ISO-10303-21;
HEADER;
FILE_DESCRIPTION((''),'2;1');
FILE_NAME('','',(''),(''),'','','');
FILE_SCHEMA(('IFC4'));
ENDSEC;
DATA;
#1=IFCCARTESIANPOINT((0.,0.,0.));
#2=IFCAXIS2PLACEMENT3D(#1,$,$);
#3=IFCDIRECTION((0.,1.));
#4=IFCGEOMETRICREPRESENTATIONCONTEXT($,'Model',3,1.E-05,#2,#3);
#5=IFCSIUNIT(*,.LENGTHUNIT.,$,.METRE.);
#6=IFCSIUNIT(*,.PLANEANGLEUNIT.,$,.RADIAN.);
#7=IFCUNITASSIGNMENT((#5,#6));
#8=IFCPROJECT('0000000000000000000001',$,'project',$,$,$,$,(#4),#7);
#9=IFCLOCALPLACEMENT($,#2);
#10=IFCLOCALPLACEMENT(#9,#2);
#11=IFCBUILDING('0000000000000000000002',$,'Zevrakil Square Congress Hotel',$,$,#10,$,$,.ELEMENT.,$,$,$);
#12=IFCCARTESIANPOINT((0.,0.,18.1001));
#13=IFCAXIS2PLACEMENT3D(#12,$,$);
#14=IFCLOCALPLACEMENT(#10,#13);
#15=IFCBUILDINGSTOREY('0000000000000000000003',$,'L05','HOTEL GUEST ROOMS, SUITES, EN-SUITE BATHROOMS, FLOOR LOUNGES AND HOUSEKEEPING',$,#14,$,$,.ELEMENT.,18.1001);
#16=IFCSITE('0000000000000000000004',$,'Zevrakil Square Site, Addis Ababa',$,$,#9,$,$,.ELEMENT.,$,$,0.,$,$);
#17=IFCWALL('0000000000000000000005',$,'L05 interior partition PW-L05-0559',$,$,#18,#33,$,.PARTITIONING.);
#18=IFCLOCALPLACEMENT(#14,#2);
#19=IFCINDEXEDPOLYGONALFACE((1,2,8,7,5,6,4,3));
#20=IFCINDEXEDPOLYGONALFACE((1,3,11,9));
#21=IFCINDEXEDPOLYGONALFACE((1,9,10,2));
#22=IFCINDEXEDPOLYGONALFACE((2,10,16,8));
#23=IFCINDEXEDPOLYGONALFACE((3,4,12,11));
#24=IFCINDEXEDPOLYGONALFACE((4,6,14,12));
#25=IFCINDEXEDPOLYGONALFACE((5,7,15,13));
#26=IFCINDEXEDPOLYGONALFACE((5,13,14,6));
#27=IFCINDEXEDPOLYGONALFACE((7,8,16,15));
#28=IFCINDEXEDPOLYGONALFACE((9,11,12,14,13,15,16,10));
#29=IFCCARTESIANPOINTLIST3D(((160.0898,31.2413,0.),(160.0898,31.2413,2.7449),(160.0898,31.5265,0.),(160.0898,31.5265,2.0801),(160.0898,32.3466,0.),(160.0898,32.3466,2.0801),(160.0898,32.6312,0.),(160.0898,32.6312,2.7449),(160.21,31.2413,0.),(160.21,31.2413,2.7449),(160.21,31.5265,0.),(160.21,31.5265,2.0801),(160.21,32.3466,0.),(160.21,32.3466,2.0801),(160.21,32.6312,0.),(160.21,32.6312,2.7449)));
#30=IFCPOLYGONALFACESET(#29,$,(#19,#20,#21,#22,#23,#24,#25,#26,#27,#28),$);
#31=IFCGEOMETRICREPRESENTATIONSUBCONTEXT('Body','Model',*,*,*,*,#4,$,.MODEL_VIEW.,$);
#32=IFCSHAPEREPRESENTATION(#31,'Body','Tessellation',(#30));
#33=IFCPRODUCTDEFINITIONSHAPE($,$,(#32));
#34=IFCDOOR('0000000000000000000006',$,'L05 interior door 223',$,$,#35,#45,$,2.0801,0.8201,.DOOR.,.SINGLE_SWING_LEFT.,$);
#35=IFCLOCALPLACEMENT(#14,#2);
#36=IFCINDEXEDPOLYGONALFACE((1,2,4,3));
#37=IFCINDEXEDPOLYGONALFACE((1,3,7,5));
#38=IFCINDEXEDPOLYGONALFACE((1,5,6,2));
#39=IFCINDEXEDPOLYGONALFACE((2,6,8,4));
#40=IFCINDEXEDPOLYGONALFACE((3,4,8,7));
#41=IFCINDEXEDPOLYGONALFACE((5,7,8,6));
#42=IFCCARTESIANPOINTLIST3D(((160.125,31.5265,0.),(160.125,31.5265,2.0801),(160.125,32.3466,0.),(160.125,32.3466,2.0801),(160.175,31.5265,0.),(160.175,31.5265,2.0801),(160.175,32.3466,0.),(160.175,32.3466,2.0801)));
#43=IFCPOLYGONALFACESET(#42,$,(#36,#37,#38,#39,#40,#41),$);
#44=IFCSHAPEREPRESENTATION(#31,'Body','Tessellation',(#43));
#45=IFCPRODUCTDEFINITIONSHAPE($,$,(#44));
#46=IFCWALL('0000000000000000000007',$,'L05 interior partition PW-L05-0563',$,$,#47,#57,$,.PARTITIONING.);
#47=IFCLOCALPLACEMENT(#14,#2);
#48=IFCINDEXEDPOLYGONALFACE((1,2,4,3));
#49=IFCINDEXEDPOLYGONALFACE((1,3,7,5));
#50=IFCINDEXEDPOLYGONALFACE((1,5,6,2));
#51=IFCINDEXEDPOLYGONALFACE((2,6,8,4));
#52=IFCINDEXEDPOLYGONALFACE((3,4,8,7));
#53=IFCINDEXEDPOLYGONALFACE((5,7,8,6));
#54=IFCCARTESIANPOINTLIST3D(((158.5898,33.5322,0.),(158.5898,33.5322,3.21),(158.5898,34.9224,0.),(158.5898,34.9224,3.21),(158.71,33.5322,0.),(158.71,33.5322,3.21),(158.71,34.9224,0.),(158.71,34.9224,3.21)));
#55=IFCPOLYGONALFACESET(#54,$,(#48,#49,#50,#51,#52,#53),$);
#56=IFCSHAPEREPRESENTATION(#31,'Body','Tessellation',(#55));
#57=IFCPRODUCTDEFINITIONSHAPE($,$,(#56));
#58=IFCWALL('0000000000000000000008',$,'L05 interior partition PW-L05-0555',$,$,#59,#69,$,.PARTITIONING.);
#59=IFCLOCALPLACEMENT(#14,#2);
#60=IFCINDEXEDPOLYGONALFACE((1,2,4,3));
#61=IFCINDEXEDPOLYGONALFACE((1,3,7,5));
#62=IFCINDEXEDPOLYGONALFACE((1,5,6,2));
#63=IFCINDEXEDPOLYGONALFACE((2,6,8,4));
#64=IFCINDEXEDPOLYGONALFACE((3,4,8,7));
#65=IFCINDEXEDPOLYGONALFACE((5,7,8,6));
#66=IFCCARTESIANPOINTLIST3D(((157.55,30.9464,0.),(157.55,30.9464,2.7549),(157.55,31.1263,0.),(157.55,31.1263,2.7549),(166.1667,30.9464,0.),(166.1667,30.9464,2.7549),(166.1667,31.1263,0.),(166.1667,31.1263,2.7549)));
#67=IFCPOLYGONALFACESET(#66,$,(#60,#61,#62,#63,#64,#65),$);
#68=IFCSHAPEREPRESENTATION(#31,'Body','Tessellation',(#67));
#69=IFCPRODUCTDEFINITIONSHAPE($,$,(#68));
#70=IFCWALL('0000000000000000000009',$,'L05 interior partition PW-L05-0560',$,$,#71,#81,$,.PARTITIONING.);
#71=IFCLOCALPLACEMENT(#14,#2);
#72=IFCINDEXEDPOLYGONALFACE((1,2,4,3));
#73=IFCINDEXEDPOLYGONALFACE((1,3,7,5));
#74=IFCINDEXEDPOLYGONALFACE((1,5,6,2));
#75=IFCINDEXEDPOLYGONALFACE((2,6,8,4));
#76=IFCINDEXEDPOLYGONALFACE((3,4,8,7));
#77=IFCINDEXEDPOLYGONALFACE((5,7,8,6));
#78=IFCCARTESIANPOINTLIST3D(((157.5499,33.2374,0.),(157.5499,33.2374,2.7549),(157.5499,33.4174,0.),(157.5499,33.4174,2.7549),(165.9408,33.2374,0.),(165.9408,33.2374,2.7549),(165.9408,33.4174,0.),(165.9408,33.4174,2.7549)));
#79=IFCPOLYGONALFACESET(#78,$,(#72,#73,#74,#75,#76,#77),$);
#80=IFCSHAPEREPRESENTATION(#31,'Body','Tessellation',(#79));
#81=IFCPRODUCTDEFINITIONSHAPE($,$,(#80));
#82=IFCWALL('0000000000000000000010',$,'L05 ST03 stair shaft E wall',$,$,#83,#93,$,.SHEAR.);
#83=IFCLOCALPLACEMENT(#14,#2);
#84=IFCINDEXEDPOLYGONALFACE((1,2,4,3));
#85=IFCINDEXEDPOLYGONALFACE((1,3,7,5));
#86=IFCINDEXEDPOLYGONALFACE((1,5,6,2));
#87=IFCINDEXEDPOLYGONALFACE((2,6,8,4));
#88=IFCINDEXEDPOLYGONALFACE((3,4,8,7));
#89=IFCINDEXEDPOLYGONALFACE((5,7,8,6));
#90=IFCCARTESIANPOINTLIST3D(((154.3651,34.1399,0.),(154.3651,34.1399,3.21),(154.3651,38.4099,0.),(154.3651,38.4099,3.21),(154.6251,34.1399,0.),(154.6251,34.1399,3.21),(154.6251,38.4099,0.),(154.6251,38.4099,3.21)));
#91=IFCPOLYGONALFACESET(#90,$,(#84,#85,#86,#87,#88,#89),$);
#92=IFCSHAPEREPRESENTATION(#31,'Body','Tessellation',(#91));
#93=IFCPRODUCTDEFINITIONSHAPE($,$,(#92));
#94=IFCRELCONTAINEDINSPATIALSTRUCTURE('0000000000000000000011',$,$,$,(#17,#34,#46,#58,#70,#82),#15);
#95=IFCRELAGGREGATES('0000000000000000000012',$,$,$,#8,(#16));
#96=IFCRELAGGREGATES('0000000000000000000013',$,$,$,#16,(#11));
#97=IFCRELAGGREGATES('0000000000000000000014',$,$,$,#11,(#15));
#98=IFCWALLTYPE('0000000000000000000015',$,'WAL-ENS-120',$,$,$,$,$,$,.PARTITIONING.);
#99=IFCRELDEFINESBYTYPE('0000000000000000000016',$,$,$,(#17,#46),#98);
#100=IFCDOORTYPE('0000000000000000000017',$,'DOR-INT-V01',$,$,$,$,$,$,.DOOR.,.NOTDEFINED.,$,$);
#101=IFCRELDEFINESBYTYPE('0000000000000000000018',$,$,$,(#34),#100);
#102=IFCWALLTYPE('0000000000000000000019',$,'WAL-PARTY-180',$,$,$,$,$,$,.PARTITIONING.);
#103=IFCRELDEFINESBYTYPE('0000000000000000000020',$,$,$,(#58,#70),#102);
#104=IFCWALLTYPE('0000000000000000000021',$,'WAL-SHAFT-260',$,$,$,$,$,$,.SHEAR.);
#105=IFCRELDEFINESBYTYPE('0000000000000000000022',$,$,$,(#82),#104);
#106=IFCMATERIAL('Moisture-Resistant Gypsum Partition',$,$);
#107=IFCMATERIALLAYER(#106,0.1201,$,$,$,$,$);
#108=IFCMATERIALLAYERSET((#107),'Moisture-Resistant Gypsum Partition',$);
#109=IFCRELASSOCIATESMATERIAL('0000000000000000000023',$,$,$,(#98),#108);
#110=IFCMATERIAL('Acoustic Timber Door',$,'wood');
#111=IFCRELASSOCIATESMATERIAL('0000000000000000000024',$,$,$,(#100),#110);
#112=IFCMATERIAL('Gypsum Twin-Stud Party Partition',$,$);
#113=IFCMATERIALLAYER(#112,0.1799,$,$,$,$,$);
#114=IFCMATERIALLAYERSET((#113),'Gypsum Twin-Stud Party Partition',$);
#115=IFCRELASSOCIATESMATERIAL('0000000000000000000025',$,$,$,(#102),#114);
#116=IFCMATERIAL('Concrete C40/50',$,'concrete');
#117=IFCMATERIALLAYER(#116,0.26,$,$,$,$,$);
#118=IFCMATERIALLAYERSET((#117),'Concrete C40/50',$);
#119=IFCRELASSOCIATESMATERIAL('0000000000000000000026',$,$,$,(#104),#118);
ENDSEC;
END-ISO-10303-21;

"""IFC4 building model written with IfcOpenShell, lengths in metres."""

from ifc_helpers import new_model, si_unit, direction, frame, frame_2d, origin, place, context, subcontext, project, spatial, rectangle, extrude, material, layer, layer_set, type_object, element, fill, save


model = new_model("IFC4")

# Units and contexts
model_context = context("Model", 3, precision=1e-05, world=origin(), true_north=direction((0.0, 1.0)))
body_context = subcontext(model_context, "Body", "Model", "MODEL_VIEW")
ifc_project = project(units=[si_unit("LENGTHUNIT", "METRE"), si_unit("PLANEANGLEUNIT", "RADIAN")], contexts=[model_context])

# Site, building, storey
site_placement = place(None, origin())
site = spatial("IfcSite", under=ifc_project, at=site_placement, Name="Zevrakil Square Site, Addis Ababa", CompositionType="ELEMENT", RefElevation=0.0)
building_placement = place(site_placement, origin())
building = spatial("IfcBuilding", under=site, at=building_placement, Name="Zevrakil Square Congress Hotel", CompositionType="ELEMENT")
storey_placement = place(building_placement, frame((0.0, 0.0, 18.1001)))
storey = spatial("IfcBuildingStorey", under=building, at=storey_placement, Name="L05", Description="HOTEL GUEST ROOMS, SUITES, EN-SUITE BATHROOMS, FLOOR LOUNGES AND HOUSEKEEPING", CompositionType="ELEMENT", Elevation=18.1001)

# Shared definitions
ifc_material_1 = material(Name="Moisture-Resistant Gypsum Partition")
ifc_layer_1 = layer(ifc_material_1, 0.1201)
ifc_layer_set_1 = layer_set([ifc_layer_1], Name="Moisture-Resistant Gypsum Partition")
wall_type_1 = type_object("IfcWallType", Name="WAL-ENS-120", PredefinedType="PARTITIONING", material=ifc_layer_set_1)

# Shared definitions
ifc_material_2 = material(Name="Acoustic Timber Door", Category="wood")
door_type_1 = type_object("IfcDoorType", Name="DOR-INT-V01", OperationType="NOTDEFINED", PredefinedType="DOOR", material=ifc_material_2)

# Wall, opening, door
wall_1_placement = place(storey_placement, frame((160.1499, 31.2415, 0.0), z_axis=(0.0, 0.0, 1.0), x_axis=(0.0, 1.0, 0.0)))
wall_1 = element("IfcWall", 1, at=wall_1_placement, inside=storey, type_object=wall_type_1, Name="L05 interior partition PW-L05-0559", PredefinedType="PARTITIONING", context=body_context, shape_type="SweptSolid", body=[
    extrude(rectangle(XDim=1.3899, YDim=0.1201, at=frame_2d((0.6948, 0.0))), origin(), (0.0, 0.0, 1.0), 2.7449),
])
opening_1_placement = place(wall_1_placement, frame((0.2849, 0.0, 0.0)))
opening_1 = element("IfcOpeningElement", 2, at=opening_1_placement, cuts=wall_1, PredefinedType="OPENING", context=body_context, shape_type="SweptSolid", body=[
    extrude(rectangle(XDim=0.8201, YDim=2.0801, at=frame_2d((0.4102, 1.04))), frame((0.0, 0.0701, 0.0), z_axis=(0.0, -1.0, 0.0), x_axis=(1.0, 0.0, 0.0)), (0.0, 0.0, 1.0), 0.1401),
])
door_1_placement = place(opening_1_placement, origin())
door_1 = element("IfcDoor", 3, at=door_1_placement, inside=storey, type_object=door_type_1, Name="L05 interior door 223", OperationType="SINGLE_SWING_LEFT", OverallHeight=2.0801, OverallWidth=0.8201, PredefinedType="DOOR", context=body_context, shape_type="SweptSolid", body=[
    extrude(rectangle(XDim=0.8201, YDim=2.0801, at=frame_2d((0.4102, 1.04))), frame((0.0, 0.0249, 0.0), z_axis=(0.0, -1.0, 0.0), x_axis=(1.0, 0.0, 0.0)), (0.0, 0.0, 1.0), 0.05),
])
fill(opening_1, door_1)

# Walls
wall_2_placement = place(storey_placement, frame((158.6499, 33.5322, 0.0), z_axis=(0.0, 0.0, 1.0), x_axis=(0.0, 1.0, 0.0)))
element("IfcWall", 4, at=wall_2_placement, inside=storey, type_object=wall_type_1, Name="L05 interior partition PW-L05-0563", PredefinedType="PARTITIONING", context=body_context, shape_type="SweptSolid", body=[
    extrude(rectangle(XDim=1.3901, YDim=0.1201, at=frame_2d((0.6951, 0.0))), origin(), (0.0, 0.0, 1.0), 3.21),
])
ifc_material_3 = material(Name="Gypsum Twin-Stud Party Partition")
ifc_layer_2 = layer(ifc_material_3, 0.1799)
ifc_layer_set_2 = layer_set([ifc_layer_2], Name="Gypsum Twin-Stud Party Partition")
wall_type_2 = type_object("IfcWallType", Name="WAL-PARTY-180", PredefinedType="PARTITIONING", material=ifc_layer_set_2)
wall_3_placement = place(storey_placement, frame((157.55, 31.0364, 0.0), z_axis=(0.0, 0.0, 1.0), x_axis=(1.0, 0.0, 0.0)))
element("IfcWall", 5, at=wall_3_placement, inside=storey, type_object=wall_type_2, Name="L05 interior partition PW-L05-0555", PredefinedType="PARTITIONING", context=body_context, shape_type="SweptSolid", body=[
    extrude(rectangle(XDim=8.6167, YDim=0.1799, at=frame_2d((4.3083, 0.0))), origin(), (0.0, 0.0, 1.0), 2.7549),
])
wall_4_placement = place(storey_placement, frame((157.55, 33.3274, 0.0), z_axis=(0.0, 0.0, 1.0), x_axis=(1.0, 0.0, 0.0)))
element("IfcWall", 6, at=wall_4_placement, inside=storey, type_object=wall_type_2, Name="L05 interior partition PW-L05-0560", PredefinedType="PARTITIONING", context=body_context, shape_type="SweptSolid", body=[
    extrude(rectangle(XDim=8.3909, YDim=0.1799, at=frame_2d((4.1953, 0.0))), origin(), (0.0, 0.0, 1.0), 2.7549),
])
ifc_material_4 = material(Name="Concrete C40/50", Category="concrete")
ifc_layer_3 = layer(ifc_material_4, 0.26)
ifc_layer_set_3 = layer_set([ifc_layer_3], Name="Concrete C40/50")
wall_type_3 = type_object("IfcWallType", Name="WAL-SHAFT-260", PredefinedType="SHEAR", material=ifc_layer_set_3)
wall_5_placement = place(storey_placement, frame((154.4951, 34.1399, 0.0), z_axis=(0.0, 0.0, 1.0), x_axis=(0.0, 1.0, 0.0)))
element("IfcWall", 7, at=wall_5_placement, inside=storey, type_object=wall_type_3, Name="L05 ST03 stair shaft E wall", PredefinedType="SHEAR", context=body_context, shape_type="SweptSolid", body=[
    extrude(rectangle(XDim=4.27, YDim=0.26, at=frame_2d((2.135, 0.0))), origin(), (0.0, 0.0, 1.0), 3.21),
])

save(model, "model.ifc")
